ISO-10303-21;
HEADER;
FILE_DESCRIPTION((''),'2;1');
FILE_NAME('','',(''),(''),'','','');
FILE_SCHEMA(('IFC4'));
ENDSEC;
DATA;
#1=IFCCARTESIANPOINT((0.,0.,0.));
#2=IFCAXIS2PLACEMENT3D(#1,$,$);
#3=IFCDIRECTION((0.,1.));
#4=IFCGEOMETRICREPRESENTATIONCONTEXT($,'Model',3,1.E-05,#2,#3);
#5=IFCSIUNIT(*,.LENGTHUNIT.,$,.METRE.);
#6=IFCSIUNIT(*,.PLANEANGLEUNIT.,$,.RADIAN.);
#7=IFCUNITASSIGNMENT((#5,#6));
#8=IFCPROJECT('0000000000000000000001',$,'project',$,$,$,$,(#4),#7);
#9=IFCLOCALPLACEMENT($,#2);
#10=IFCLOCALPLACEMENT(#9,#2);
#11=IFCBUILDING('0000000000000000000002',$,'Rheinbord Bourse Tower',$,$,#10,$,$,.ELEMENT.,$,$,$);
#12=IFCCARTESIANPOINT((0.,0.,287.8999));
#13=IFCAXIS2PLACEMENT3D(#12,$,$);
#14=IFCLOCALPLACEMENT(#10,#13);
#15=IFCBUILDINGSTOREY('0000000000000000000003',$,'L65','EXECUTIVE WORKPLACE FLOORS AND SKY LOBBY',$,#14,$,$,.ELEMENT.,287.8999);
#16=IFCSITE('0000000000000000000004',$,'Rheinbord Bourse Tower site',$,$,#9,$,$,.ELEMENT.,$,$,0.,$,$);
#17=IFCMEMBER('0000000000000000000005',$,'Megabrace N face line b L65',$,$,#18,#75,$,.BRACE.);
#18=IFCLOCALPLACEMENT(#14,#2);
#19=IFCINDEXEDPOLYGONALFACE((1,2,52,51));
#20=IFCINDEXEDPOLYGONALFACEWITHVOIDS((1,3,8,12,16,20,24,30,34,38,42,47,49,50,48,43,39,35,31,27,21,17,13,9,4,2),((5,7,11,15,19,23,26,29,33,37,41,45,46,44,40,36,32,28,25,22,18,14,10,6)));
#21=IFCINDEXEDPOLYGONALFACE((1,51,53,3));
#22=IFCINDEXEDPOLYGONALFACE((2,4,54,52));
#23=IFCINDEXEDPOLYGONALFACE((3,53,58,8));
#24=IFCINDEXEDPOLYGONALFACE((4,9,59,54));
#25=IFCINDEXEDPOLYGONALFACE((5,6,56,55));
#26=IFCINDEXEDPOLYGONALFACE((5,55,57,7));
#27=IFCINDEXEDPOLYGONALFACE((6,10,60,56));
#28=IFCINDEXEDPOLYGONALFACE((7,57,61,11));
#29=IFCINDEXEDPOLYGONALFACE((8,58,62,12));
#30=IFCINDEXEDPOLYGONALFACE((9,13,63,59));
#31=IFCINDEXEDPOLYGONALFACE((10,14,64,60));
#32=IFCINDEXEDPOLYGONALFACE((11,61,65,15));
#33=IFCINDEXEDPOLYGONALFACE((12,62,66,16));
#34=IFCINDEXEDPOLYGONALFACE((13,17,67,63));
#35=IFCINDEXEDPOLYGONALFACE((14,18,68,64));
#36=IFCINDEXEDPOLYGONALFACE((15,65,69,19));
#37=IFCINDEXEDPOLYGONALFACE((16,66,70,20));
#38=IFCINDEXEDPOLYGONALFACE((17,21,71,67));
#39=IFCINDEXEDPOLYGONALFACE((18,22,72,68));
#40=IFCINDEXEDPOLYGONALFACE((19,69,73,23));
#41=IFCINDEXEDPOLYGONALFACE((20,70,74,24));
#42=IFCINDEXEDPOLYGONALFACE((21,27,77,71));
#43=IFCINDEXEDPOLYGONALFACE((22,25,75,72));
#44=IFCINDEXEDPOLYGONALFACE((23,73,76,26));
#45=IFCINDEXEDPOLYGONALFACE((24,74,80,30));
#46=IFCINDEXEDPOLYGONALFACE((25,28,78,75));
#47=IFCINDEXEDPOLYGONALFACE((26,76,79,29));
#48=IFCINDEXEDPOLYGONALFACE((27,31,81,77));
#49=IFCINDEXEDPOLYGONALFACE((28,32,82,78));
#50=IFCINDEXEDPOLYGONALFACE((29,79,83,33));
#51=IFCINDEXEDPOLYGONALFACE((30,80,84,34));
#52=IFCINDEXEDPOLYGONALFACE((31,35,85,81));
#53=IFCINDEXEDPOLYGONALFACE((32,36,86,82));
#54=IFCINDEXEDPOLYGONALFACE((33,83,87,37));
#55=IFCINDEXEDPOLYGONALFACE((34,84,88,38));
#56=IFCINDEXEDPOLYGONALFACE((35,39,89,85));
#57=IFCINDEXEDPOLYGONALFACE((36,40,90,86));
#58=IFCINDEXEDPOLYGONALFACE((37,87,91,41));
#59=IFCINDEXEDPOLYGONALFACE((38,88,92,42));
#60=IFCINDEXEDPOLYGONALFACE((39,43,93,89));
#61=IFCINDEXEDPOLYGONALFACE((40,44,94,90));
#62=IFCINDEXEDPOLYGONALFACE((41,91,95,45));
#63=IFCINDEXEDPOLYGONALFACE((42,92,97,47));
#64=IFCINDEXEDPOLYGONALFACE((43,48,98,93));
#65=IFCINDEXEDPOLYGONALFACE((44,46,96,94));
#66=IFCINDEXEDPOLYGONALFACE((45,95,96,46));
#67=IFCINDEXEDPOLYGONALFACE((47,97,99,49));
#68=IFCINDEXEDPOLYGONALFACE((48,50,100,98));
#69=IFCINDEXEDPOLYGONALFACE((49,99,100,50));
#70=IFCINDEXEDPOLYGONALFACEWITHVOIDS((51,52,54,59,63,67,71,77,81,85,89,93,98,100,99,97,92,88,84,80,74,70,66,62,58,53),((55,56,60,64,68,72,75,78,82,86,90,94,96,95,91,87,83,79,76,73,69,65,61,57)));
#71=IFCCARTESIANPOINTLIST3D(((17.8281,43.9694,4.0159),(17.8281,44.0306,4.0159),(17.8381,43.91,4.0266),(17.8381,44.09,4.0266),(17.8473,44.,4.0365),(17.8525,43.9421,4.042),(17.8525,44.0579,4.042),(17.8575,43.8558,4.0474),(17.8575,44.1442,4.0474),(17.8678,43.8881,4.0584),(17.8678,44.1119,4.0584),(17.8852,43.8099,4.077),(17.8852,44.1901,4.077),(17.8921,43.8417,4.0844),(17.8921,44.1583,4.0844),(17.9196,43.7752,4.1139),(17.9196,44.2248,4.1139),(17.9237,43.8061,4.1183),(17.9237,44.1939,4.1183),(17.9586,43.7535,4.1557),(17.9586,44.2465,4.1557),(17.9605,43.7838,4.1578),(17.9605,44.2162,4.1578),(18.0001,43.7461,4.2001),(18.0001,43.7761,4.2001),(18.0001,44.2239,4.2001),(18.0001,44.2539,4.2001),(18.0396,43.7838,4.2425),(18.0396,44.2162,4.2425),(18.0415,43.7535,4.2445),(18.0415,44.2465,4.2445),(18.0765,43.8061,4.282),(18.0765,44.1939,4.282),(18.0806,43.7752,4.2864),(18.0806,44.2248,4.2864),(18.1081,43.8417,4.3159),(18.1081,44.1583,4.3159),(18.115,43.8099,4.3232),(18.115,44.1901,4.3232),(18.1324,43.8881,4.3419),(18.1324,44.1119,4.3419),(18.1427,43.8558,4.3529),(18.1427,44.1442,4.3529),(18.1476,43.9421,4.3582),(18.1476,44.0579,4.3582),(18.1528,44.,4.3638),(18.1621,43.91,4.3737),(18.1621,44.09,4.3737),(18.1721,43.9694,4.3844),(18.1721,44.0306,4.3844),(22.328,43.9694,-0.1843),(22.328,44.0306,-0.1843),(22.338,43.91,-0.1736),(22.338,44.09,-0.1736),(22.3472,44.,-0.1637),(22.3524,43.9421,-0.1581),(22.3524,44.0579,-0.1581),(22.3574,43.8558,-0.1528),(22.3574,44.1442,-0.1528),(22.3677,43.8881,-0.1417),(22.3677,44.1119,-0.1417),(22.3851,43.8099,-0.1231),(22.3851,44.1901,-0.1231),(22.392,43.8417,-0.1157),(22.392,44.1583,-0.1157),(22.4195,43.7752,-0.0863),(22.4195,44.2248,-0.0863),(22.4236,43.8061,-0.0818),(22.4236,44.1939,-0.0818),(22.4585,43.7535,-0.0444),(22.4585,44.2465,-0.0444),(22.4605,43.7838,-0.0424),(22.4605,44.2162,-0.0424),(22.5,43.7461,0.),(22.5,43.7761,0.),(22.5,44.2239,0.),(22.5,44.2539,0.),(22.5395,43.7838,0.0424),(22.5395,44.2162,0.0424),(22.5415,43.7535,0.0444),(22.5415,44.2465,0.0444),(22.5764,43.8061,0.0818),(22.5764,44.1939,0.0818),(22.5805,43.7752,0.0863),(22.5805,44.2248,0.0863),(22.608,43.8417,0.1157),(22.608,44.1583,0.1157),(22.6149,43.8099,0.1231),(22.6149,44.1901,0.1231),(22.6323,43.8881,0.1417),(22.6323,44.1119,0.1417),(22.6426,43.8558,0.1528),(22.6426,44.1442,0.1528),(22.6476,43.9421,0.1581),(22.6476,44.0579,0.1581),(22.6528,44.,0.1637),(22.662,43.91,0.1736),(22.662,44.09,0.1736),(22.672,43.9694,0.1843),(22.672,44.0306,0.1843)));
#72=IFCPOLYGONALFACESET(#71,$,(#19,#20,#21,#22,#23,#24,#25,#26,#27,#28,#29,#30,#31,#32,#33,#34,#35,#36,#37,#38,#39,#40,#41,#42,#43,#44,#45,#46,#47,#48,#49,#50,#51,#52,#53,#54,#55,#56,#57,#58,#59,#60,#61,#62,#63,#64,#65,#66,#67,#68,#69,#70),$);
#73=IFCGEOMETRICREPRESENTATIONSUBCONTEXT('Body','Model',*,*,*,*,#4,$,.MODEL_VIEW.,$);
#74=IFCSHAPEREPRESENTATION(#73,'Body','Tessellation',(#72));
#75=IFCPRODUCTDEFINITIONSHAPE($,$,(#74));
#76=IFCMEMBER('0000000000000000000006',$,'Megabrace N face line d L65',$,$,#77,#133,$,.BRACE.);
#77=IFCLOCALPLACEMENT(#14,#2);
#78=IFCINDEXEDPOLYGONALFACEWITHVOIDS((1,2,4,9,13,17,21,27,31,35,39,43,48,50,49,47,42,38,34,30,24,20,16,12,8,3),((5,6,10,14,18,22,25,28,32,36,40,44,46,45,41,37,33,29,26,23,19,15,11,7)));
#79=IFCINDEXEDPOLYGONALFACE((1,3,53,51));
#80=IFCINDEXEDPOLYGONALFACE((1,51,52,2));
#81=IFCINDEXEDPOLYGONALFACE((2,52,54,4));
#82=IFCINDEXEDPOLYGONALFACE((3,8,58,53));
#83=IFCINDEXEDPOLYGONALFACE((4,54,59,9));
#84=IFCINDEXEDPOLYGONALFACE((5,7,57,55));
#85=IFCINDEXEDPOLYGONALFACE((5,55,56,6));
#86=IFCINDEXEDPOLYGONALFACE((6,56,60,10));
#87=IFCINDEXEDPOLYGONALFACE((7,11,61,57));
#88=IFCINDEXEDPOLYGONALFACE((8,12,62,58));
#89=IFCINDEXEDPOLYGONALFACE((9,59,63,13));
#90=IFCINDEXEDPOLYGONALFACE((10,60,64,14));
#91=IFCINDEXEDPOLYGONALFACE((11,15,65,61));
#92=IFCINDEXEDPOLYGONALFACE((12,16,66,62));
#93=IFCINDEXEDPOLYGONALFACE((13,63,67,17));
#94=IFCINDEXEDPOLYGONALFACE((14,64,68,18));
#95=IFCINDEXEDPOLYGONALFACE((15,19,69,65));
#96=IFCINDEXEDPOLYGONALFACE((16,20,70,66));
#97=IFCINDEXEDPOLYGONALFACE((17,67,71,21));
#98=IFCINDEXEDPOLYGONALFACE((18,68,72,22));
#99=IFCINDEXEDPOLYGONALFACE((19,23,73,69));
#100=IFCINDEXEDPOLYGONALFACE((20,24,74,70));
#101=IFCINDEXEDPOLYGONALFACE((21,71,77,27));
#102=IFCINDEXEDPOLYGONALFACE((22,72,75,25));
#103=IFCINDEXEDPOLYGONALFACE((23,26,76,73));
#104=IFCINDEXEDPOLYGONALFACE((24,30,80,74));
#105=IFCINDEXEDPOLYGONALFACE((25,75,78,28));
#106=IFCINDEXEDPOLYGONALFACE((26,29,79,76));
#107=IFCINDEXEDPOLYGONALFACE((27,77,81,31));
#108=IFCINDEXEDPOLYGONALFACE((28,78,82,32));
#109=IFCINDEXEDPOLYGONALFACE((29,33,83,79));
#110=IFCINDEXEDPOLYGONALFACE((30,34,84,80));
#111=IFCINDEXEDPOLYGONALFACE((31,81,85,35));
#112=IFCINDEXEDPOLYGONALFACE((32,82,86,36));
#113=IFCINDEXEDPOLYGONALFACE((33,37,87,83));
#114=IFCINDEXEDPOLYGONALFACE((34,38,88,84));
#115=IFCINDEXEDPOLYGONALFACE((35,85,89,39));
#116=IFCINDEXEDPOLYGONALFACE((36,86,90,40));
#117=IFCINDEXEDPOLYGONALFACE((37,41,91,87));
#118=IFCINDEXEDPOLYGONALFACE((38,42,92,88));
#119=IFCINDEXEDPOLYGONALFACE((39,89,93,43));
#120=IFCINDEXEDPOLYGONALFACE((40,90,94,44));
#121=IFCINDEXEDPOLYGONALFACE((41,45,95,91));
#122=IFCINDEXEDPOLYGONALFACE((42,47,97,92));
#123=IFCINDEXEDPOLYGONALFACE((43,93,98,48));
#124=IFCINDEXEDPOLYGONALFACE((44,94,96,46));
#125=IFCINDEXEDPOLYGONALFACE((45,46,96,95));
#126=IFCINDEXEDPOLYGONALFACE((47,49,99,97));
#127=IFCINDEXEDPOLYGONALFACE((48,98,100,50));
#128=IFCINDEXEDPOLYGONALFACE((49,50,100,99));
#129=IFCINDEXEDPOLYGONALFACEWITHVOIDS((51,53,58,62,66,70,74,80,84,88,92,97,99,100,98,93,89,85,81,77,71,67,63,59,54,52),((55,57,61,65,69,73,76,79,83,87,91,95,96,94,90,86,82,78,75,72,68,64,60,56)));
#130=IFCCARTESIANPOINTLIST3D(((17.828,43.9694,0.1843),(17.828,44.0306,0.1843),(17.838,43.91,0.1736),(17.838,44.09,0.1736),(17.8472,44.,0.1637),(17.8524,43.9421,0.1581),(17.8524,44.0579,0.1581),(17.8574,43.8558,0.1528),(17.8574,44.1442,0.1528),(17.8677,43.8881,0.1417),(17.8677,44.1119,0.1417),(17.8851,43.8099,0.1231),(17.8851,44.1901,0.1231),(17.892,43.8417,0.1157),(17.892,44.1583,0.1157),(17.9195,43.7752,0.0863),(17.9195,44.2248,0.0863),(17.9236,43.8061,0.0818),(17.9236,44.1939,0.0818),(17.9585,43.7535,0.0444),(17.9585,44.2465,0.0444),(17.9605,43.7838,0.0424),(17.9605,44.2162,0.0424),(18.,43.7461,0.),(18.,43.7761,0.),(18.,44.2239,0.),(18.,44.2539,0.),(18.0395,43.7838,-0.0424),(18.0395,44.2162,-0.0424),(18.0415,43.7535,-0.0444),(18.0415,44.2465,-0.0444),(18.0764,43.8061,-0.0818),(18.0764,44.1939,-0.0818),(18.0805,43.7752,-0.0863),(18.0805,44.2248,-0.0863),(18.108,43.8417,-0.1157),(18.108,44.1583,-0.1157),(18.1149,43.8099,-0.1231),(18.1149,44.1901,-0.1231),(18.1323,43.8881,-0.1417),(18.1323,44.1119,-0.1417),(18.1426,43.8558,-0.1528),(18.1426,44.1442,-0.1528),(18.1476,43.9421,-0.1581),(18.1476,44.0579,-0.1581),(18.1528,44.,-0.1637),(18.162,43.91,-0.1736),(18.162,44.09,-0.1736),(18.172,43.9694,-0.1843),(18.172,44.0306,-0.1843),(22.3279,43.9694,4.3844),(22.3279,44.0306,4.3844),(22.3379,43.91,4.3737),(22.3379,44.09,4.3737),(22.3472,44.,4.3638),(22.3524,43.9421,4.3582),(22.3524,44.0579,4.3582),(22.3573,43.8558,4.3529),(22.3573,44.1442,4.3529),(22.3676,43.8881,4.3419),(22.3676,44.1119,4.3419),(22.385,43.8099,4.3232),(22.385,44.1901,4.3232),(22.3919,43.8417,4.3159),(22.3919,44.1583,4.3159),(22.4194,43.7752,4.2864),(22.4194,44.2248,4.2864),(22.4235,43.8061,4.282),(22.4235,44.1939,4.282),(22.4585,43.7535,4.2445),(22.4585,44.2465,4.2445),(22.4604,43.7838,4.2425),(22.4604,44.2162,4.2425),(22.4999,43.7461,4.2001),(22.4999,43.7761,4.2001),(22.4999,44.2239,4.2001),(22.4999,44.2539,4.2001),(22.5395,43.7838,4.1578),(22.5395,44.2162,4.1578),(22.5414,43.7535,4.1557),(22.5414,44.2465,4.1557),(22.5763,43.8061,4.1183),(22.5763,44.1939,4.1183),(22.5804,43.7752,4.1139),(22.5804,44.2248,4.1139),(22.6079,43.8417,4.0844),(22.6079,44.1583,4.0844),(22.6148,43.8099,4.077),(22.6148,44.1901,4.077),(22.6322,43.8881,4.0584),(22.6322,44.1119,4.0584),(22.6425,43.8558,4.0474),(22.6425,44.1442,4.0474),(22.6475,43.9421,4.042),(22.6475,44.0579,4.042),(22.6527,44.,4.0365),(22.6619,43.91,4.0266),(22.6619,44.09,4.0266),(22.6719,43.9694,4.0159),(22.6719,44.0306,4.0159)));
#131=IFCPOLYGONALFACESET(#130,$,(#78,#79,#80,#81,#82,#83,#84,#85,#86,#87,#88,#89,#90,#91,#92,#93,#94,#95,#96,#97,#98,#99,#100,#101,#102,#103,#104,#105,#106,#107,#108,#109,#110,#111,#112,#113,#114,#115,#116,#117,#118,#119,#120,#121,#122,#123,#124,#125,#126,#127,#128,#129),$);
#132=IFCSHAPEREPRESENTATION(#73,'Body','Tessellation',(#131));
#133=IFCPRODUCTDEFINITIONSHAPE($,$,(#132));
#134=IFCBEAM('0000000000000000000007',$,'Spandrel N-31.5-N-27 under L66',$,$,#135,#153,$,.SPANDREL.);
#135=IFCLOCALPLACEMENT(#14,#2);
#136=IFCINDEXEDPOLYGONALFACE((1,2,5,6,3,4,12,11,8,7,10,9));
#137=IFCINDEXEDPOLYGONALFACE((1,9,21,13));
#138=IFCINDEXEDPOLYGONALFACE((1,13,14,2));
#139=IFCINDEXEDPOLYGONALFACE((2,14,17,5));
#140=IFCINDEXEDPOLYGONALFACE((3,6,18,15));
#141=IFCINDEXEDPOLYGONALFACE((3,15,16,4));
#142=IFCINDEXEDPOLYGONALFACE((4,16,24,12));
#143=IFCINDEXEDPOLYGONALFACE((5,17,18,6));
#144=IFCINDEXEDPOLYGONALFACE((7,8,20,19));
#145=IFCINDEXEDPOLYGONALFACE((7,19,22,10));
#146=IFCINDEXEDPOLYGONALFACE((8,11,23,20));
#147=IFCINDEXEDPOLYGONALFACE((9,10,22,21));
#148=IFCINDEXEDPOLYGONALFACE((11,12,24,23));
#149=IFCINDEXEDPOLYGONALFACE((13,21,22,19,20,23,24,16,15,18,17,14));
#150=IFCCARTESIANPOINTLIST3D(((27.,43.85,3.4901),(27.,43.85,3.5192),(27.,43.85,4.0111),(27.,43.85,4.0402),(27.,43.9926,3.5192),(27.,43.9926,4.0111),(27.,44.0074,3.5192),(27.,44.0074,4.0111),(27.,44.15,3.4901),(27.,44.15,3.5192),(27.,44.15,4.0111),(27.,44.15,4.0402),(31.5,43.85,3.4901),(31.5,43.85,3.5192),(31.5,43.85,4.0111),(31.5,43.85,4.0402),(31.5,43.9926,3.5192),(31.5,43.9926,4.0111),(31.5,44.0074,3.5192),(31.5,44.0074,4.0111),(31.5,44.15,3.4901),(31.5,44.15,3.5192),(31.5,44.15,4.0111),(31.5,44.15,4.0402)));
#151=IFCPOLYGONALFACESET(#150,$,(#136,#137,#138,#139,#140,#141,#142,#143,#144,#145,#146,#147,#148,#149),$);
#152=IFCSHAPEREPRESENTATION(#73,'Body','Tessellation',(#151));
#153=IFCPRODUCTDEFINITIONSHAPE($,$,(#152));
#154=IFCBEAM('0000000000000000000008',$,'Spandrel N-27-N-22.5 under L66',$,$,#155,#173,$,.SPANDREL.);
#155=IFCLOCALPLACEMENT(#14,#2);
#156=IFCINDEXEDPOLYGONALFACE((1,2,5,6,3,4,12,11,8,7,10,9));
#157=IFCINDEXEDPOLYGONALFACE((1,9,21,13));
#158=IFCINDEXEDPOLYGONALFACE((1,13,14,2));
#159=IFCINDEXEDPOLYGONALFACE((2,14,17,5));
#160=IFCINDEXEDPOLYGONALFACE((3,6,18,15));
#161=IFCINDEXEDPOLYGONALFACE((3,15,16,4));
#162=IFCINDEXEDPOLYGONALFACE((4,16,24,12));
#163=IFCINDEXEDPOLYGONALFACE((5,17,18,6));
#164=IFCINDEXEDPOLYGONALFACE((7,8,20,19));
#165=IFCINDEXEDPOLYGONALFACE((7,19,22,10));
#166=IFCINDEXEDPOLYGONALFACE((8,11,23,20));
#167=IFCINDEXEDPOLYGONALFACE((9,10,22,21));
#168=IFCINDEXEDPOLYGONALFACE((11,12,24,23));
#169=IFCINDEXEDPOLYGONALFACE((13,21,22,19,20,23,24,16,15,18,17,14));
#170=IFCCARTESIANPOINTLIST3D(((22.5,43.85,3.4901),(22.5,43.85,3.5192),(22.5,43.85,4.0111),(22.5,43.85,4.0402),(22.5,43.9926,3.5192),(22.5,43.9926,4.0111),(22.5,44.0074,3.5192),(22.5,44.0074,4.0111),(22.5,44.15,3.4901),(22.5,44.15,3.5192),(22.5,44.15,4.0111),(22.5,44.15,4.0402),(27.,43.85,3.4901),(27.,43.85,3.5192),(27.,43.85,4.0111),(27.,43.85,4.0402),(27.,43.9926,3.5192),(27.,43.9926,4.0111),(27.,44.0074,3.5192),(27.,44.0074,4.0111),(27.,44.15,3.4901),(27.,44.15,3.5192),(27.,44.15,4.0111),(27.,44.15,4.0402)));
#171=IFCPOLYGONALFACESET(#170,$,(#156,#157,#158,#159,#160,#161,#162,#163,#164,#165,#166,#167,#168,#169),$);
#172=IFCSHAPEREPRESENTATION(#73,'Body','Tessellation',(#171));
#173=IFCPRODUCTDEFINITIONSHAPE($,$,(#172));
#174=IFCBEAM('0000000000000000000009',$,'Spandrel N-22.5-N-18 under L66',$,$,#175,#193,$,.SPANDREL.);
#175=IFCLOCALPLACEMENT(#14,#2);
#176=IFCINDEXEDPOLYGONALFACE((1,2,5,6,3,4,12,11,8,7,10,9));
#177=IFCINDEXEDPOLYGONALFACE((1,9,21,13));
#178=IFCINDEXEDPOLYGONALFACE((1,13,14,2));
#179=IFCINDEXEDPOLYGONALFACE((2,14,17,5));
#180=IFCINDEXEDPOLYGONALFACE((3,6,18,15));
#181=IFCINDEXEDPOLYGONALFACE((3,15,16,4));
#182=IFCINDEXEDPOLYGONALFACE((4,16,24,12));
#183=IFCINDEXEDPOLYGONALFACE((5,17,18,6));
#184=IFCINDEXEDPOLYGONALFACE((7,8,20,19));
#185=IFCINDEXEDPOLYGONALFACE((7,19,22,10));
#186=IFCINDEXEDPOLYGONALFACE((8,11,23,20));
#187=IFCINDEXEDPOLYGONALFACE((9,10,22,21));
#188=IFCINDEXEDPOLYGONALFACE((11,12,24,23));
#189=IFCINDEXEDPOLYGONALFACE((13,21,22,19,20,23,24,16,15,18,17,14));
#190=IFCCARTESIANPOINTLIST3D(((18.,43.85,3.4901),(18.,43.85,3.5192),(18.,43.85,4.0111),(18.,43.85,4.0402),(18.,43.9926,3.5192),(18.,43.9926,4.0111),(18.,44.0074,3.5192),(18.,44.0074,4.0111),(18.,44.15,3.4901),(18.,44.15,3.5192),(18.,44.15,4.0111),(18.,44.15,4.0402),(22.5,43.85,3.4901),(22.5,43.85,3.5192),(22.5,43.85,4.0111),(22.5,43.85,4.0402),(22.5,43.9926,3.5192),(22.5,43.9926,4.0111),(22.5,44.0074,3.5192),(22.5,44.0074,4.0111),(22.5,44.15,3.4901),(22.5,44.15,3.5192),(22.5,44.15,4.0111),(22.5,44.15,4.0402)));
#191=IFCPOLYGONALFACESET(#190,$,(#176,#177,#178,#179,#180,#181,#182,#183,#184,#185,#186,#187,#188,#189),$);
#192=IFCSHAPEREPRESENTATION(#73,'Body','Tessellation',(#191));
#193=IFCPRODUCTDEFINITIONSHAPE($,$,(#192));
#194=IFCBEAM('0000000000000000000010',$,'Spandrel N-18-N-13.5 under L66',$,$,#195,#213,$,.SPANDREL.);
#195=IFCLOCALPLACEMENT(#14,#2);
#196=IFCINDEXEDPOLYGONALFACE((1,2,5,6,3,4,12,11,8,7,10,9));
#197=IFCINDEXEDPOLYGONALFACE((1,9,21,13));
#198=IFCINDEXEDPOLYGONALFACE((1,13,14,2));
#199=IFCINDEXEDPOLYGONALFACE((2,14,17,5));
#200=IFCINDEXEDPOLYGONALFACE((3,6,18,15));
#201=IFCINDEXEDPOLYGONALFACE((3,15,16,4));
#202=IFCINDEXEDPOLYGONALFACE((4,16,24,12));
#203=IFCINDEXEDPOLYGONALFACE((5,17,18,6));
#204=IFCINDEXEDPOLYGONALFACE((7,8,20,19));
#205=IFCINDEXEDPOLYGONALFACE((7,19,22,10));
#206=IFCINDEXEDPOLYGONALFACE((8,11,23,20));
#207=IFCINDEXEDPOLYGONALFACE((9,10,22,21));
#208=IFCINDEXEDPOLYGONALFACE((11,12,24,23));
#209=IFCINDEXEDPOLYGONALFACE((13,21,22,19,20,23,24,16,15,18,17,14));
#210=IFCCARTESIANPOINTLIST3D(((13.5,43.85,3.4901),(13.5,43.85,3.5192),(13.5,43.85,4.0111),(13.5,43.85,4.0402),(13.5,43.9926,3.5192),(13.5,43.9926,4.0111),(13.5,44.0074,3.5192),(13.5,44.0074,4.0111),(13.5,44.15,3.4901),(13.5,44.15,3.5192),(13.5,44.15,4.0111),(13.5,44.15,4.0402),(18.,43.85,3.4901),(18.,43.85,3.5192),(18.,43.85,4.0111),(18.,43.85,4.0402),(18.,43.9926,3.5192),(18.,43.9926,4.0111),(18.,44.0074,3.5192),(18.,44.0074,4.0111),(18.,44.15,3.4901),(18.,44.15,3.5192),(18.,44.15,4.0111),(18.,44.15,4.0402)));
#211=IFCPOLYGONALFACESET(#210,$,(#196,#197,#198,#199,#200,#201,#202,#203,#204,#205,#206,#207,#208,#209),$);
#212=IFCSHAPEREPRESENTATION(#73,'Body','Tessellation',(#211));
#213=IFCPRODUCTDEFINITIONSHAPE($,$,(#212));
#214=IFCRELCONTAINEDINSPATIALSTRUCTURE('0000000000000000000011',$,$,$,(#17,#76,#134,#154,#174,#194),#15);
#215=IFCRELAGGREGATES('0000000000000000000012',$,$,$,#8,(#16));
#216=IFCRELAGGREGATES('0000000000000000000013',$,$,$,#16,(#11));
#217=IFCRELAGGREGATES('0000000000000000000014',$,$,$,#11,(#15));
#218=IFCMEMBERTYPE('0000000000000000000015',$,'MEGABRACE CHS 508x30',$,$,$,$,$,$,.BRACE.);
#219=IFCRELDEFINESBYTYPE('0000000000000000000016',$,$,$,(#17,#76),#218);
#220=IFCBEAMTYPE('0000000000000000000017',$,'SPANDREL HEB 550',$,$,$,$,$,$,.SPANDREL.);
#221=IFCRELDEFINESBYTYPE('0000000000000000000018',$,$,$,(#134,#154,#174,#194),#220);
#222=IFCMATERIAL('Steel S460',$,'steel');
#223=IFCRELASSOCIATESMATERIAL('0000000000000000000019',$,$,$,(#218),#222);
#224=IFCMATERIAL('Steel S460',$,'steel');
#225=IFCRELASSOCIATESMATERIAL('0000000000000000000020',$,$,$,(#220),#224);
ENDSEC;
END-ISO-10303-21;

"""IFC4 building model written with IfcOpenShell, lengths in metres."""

from ifc_helpers import new_model, si_unit, direction, frame, origin, origin_2d, place, context, subcontext, project, spatial, hollow_circle, i_section, extrude, material, material_profile, profile_set, type_object, element, save


model = new_model("IFC4")

# Units and contexts
model_context = context("Model", 3, precision=1e-05, world=origin(), true_north=direction((0.0, 1.0)))
body_context = subcontext(model_context, "Body", "Model", "MODEL_VIEW")
ifc_project = project(units=[si_unit("LENGTHUNIT", "METRE"), si_unit("PLANEANGLEUNIT", "RADIAN")], contexts=[model_context])

# Site, building, storey
site_placement = place(None, origin())
site = spatial("IfcSite", under=ifc_project, at=site_placement, Name="Rheinbord Bourse Tower site", CompositionType="ELEMENT", RefElevation=0.0)
building_placement = place(site_placement, origin())
building = spatial("IfcBuilding", under=site, at=building_placement, Name="Rheinbord Bourse Tower", CompositionType="ELEMENT")
storey_placement = place(building_placement, frame((0.0, 0.0, 287.8999)))
storey = spatial("IfcBuildingStorey", under=building, at=storey_placement, Name="L65", Description="EXECUTIVE WORKPLACE FLOORS AND SKY LOBBY", CompositionType="ELEMENT", Elevation=287.8999)

# Members
ifc_material_1 = material(Name="Steel S460", Category="steel")
ifc_material_profile_1 = material_profile(ifc_material_1, hollow_circle(Radius=0.2539, WallThickness=0.03, at=origin_2d()), Name="CHS 508x30")
ifc_profile_set_1 = profile_set([ifc_material_profile_1], Name="Steel S460")
member_type_1 = type_object("IfcMemberType", Name="MEGABRACE CHS 508x30", PredefinedType="BRACE", material=ifc_profile_set_1)
for number, where, z_axis, x_axis, name in (
    (1, (22.5, 44.0, 0.0), (-0.731039, 0.0, 0.682335), (0.0, -1.0, 0.0), "Megabrace N face line b L65"),
    (2, (18.0, 44.0, 0.0), (0.731039, 0.0, 0.682335), (0.0, 1.0, 0.0), "Megabrace N face line d L65"),
):
    element("IfcMember", number, at=place(storey_placement, frame(where, z_axis=z_axis, x_axis=x_axis)), inside=storey, type_object=member_type_1, Name=name, PredefinedType="BRACE", context=body_context, shape_type="SweptSolid", body=[
        extrude(hollow_circle(Radius=0.2539, WallThickness=0.03, at=origin_2d()), origin(), (0.0, 0.0, 1.0), 6.1555),
    ])

# Beams
ifc_material_2 = material(Name="Steel S460", Category="steel")
ifc_material_profile_2 = material_profile(ifc_material_2, i_section(OverallWidth=0.3, OverallDepth=0.55, WebThickness=0.0149, FlangeThickness=0.0291, at=origin_2d()), Name="HEB 550")
ifc_profile_set_2 = profile_set([ifc_material_profile_2], Name="Steel S460")
beam_type_1 = type_object("IfcBeamType", Name="SPANDREL HEB 550", PredefinedType="SPANDREL", material=ifc_profile_set_2)
for number, where, z_axis, x_axis, name in (
    (3, (31.5, 44.0, 3.7651), (-1.0, 0.0, 0.0), (0.0, -1.0, 0.0), "Spandrel N-31.5-N-27 under L66"),
    (4, (27.0, 44.0, 3.7651), (-1.0, 0.0, 0.0), (0.0, -1.0, 0.0), "Spandrel N-27-N-22.5 under L66"),
    (5, (22.5, 44.0, 3.7651), (-1.0, 0.0, 0.0), (0.0, -1.0, 0.0), "Spandrel N-22.5-N-18 under L66"),
    (6, (18.0, 44.0, 3.7651), (-1.0, 0.0, 0.0), (0.0, -1.0, 0.0), "Spandrel N-18-N-13.5 under L66"),
):
    element("IfcBeam", number, at=place(storey_placement, frame(where, z_axis=z_axis, x_axis=x_axis)), inside=storey, type_object=beam_type_1, Name=name, PredefinedType="SPANDREL", context=body_context, shape_type="SweptSolid", body=[
        extrude(i_section(OverallWidth=0.3, OverallDepth=0.55, WebThickness=0.0149, FlangeThickness=0.0291, at=origin_2d()), origin(), (0.0, 0.0, 1.0), 4.5),
    ])

save(model, "model.ifc")
